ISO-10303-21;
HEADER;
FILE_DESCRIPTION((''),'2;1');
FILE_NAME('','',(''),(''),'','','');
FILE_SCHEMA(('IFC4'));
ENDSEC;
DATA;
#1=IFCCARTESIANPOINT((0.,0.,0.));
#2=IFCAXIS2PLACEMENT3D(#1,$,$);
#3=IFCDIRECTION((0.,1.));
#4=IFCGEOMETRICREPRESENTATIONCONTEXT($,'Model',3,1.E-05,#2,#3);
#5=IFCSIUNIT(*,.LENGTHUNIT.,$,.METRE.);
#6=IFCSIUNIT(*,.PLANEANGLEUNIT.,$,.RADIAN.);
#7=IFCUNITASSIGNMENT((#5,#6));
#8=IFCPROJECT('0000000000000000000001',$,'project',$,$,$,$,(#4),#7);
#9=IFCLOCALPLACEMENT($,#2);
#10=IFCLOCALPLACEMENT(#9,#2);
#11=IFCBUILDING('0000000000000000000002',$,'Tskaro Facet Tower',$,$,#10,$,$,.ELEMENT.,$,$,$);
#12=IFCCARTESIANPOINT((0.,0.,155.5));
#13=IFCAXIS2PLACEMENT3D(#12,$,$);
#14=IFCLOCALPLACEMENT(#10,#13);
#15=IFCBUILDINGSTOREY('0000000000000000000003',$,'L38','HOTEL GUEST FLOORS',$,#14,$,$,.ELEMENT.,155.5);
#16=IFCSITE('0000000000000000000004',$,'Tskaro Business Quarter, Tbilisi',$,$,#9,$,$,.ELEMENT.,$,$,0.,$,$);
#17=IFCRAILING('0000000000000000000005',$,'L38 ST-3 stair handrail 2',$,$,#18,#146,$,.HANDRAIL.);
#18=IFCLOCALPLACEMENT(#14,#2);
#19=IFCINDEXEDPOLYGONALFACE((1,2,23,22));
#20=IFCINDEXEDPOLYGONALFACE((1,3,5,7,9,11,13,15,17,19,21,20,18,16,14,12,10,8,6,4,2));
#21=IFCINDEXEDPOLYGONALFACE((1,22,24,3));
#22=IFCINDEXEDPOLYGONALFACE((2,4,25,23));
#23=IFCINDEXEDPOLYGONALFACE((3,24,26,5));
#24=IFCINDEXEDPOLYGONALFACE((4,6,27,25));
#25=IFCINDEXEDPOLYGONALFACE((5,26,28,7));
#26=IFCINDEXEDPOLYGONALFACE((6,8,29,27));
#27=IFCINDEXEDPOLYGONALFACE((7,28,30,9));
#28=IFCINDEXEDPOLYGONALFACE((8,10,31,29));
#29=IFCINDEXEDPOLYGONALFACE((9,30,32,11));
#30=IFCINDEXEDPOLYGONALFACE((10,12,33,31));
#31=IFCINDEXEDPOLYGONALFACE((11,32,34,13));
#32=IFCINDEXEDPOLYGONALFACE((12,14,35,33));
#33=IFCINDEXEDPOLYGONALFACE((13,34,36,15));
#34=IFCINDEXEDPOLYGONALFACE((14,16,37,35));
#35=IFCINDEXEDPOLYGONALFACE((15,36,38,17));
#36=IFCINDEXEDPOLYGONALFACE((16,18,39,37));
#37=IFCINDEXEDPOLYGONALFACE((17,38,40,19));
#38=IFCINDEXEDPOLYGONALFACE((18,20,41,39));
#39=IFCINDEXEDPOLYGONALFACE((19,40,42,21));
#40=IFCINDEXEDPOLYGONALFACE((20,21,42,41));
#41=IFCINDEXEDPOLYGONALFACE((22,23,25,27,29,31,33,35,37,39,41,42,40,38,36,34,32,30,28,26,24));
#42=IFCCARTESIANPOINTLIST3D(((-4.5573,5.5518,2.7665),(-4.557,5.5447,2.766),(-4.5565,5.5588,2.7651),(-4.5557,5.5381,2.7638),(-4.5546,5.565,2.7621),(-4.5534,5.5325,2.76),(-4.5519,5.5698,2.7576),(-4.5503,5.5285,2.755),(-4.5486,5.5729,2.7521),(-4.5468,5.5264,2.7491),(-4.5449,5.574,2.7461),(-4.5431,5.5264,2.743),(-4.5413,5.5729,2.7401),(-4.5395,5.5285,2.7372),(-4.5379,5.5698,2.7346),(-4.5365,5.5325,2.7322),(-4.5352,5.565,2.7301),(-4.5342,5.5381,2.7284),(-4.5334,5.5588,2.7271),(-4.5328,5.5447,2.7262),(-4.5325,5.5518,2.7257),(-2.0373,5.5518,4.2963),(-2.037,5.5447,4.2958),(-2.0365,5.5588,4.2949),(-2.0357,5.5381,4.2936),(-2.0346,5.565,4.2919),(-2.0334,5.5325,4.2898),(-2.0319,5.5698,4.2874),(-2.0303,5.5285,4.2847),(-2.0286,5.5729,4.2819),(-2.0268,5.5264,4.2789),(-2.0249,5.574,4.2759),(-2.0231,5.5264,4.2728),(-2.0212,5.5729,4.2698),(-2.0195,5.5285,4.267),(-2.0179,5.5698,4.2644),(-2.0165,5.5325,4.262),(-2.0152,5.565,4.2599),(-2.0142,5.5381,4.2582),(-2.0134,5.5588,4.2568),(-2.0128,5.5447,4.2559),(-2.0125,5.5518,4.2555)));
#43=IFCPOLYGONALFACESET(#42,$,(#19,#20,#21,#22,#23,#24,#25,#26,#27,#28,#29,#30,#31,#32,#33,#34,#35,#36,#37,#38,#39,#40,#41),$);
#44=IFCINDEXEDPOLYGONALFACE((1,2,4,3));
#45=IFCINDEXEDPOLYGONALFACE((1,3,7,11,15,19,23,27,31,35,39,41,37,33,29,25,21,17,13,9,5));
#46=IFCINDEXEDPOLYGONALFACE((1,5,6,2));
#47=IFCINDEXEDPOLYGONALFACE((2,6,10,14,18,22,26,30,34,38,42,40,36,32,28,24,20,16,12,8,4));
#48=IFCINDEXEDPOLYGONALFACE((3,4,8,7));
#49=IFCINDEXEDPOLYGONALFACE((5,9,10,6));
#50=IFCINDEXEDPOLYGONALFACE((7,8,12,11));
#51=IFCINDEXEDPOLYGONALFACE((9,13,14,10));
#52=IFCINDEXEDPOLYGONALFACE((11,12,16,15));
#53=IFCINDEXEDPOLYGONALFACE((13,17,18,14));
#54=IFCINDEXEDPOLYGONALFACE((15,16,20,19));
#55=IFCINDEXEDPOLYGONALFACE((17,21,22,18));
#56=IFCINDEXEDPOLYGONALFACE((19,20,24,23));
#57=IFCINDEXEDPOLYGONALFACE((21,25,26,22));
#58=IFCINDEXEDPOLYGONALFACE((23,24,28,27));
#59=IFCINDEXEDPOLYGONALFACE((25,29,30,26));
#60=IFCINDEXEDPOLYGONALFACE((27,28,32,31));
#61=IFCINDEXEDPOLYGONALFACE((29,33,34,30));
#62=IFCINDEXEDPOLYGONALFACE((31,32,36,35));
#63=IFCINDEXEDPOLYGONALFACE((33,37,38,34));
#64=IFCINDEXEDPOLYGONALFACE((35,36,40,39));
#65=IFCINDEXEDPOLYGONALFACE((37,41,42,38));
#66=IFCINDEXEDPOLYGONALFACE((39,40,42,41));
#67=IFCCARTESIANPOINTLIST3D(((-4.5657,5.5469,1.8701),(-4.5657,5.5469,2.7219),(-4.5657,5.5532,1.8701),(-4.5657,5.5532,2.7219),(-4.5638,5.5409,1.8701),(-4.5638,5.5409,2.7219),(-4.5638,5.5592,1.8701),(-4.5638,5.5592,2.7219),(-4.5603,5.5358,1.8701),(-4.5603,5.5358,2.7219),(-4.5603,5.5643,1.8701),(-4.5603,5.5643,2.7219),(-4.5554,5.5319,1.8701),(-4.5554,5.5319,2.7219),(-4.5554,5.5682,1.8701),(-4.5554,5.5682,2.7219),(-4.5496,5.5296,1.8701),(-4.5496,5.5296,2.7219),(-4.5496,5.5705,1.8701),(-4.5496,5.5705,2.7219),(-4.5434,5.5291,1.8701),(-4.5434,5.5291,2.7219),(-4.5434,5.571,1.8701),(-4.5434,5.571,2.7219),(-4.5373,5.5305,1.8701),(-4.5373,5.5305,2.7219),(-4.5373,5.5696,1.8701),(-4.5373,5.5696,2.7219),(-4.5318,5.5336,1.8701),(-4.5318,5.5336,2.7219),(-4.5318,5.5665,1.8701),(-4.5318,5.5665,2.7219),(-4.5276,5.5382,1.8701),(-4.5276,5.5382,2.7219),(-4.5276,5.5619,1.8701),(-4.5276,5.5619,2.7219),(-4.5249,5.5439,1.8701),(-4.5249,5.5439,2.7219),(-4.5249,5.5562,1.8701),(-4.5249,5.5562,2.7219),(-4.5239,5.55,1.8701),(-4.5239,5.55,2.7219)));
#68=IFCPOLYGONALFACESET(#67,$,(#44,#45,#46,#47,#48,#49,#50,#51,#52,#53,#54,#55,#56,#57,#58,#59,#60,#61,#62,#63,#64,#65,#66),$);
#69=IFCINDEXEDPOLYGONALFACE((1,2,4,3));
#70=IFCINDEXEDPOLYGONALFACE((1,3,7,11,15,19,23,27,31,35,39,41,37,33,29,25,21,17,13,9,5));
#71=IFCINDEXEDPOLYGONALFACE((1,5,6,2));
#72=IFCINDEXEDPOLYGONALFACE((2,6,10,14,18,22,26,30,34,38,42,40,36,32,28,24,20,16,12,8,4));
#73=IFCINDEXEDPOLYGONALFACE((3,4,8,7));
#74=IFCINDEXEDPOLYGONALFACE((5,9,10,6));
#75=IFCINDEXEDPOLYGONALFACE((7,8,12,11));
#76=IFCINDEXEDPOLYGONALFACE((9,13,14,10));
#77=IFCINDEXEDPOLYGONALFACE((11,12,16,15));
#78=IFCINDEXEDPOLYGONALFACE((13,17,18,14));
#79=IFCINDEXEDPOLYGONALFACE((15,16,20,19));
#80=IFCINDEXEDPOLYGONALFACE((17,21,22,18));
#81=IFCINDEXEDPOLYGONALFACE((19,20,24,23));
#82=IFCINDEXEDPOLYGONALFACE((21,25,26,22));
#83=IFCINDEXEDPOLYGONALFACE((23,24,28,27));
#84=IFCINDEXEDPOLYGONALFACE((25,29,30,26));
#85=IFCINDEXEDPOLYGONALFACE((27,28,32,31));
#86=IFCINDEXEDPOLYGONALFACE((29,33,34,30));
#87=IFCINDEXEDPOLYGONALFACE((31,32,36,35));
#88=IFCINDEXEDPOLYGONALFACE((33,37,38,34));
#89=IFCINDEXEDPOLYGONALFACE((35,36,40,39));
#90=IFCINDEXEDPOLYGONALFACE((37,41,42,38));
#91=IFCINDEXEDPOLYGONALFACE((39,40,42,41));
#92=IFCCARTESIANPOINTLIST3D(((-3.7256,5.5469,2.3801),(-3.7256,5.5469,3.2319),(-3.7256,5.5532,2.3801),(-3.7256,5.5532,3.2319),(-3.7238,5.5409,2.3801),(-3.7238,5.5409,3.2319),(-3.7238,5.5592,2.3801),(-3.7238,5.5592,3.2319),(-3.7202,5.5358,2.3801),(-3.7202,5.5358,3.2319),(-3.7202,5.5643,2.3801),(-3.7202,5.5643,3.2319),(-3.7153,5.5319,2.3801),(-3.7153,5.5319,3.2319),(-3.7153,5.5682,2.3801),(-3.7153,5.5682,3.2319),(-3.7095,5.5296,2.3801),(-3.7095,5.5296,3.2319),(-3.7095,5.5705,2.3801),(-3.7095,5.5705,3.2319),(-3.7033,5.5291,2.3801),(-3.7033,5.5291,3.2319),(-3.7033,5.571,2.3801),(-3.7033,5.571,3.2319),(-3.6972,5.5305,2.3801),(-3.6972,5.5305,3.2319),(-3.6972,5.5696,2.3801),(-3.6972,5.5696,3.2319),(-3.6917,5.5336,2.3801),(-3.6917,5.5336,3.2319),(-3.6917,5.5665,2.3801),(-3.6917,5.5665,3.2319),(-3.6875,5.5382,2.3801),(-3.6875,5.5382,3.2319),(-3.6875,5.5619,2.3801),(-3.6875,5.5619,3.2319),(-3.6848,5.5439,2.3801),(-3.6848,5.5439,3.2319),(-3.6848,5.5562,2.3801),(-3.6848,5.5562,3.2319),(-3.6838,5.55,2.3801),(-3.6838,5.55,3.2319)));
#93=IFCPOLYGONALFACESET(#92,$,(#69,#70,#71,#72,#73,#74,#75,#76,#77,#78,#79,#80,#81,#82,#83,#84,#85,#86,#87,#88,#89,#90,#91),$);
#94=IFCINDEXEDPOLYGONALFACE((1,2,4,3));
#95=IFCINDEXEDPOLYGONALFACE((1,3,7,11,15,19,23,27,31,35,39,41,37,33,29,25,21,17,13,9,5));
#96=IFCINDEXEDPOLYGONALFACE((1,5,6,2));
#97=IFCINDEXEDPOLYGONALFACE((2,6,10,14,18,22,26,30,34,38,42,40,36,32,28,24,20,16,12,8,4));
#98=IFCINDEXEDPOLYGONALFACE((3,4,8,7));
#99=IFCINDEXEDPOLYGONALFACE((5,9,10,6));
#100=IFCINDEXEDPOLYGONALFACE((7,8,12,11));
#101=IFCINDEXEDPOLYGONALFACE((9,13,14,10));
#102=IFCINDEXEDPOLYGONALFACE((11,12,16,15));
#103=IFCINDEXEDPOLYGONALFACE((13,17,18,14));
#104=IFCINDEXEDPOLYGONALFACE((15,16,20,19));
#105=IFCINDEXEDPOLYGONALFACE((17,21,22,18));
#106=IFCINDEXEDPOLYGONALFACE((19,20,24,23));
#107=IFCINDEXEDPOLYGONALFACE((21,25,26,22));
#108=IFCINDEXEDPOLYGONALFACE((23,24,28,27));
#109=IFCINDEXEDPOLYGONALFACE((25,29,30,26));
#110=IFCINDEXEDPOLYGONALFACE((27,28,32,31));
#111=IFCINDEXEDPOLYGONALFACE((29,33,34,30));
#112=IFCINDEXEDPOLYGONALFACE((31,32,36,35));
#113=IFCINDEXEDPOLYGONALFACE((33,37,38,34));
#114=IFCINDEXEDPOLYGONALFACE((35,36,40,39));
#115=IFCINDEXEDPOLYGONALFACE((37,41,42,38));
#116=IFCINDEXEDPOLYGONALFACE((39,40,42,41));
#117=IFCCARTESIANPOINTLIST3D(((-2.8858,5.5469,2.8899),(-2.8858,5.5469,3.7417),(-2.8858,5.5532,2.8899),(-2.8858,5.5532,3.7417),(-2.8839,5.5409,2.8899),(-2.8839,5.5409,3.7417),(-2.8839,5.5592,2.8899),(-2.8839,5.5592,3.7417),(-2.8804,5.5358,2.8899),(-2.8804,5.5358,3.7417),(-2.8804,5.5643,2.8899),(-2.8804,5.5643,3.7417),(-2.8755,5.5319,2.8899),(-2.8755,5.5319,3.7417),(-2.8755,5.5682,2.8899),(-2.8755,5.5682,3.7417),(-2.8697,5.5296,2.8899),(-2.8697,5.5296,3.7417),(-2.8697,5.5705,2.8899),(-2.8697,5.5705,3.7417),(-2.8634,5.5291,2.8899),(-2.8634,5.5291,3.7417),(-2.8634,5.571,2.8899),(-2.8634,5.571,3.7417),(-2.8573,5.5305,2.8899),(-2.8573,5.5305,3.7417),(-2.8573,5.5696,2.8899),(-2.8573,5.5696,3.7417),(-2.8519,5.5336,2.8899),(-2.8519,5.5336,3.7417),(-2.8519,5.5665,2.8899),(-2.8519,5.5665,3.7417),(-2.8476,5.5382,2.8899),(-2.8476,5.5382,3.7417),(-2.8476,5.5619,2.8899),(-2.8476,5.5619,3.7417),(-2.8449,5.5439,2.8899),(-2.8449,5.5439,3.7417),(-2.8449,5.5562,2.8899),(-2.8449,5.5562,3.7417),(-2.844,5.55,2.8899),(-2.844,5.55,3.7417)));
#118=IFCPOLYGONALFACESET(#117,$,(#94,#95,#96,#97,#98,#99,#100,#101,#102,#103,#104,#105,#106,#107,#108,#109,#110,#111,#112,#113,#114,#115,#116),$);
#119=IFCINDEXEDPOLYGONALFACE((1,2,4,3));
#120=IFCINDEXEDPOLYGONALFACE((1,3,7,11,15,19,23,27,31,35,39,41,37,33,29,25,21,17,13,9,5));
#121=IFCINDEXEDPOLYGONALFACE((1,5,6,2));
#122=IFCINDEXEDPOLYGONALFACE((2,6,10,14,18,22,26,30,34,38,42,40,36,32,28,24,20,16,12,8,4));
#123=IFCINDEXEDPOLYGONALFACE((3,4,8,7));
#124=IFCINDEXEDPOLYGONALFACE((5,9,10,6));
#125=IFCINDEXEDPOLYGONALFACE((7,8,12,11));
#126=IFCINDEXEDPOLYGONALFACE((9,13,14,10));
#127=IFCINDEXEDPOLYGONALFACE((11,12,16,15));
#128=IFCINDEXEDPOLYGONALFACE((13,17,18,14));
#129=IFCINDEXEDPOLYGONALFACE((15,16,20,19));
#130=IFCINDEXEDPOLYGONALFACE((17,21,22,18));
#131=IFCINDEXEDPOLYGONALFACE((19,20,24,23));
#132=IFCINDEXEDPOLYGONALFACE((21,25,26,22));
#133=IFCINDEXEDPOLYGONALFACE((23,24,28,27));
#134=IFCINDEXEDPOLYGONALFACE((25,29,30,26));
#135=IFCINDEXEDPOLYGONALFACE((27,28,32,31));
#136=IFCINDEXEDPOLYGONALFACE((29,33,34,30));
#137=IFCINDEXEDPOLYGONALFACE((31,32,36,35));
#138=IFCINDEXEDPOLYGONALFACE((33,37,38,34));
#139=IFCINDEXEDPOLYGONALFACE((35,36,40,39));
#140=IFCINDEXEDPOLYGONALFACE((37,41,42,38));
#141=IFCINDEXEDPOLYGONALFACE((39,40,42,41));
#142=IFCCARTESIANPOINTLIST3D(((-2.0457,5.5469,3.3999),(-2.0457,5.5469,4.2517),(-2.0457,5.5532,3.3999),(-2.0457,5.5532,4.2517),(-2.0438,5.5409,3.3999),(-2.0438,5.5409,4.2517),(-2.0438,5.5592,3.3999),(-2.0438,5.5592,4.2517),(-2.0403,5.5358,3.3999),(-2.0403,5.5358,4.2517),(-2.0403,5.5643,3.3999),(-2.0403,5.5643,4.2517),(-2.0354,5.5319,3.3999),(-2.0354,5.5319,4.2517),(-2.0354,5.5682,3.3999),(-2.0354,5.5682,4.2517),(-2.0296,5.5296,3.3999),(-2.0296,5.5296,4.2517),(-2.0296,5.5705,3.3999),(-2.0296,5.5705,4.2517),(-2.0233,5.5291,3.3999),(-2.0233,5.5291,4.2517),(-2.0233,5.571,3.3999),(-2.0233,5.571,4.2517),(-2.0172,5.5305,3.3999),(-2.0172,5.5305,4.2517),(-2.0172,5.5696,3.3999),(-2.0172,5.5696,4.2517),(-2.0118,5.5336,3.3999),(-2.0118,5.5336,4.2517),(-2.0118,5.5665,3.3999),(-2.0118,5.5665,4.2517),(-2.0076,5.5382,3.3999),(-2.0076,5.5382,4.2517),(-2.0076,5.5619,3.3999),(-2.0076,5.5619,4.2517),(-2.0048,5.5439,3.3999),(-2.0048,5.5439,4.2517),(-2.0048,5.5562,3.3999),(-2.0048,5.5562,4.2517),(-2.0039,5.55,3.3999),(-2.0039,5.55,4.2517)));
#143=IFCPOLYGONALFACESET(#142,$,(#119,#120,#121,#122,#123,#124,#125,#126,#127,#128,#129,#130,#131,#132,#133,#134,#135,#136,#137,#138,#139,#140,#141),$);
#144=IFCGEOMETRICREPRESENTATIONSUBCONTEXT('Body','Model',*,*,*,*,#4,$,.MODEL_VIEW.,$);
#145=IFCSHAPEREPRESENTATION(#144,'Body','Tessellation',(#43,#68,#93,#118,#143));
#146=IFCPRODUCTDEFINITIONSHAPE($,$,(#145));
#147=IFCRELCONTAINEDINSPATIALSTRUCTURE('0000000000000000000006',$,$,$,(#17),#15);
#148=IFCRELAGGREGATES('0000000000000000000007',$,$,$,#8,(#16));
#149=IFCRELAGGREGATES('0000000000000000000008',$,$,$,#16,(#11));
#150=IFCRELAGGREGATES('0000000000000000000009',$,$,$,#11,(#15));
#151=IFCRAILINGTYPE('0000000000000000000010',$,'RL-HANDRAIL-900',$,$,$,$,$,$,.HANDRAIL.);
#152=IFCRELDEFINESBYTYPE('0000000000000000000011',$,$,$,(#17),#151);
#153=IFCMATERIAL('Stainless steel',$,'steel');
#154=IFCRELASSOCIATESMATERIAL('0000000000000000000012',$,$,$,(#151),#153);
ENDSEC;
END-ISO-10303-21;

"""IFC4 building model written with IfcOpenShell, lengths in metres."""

from ifc_helpers import new_model, si_unit, direction, frame, origin, origin_2d, place, context, subcontext, project, spatial, circle, extrude, material, type_object, element, save


model = new_model("IFC4")

# Units and contexts
model_context = context("Model", 3, precision=1e-05, world=origin(), true_north=direction((0.0, 1.0)))
body_context = subcontext(model_context, "Body", "Model", "MODEL_VIEW")
ifc_project = project(units=[si_unit("LENGTHUNIT", "METRE"), si_unit("PLANEANGLEUNIT", "RADIAN")], contexts=[model_context])

# Site, building, storey
site_placement = place(None, origin())
site = spatial("IfcSite", under=ifc_project, at=site_placement, Name="Tskaro Business Quarter, Tbilisi", CompositionType="ELEMENT", RefElevation=0.0)
building_placement = place(site_placement, origin())
building = spatial("IfcBuilding", under=site, at=building_placement, Name="Tskaro Facet Tower", CompositionType="ELEMENT")
storey_placement = place(building_placement, frame((0.0, 0.0, 155.5)))
storey = spatial("IfcBuildingStorey", under=building, at=storey_placement, Name="L38", Description="HOTEL GUEST FLOORS", CompositionType="ELEMENT", Elevation=155.5)

# Railing
ifc_material_1 = material(Name="Stainless steel", Category="steel")
railing_type_1 = type_object("IfcRailingType", Name="RL-HANDRAIL-900", PredefinedType="HANDRAIL", material=ifc_material_1)
railing_1_placement = place(storey_placement, frame((-4.5449, 5.55, 1.8701)))
element("IfcRailing", 1, at=railing_1_placement, inside=storey, type_object=railing_type_1, Name="L38 ST-3 stair handrail 2", PredefinedType="HANDRAIL", context=body_context, shape_type="SweptSolid", body=[
    extrude(circle(Radius=0.0239, at=origin_2d()), frame((0.0, 0.0, 0.876), z_axis=(0.854822, 0.0, 0.518922), x_axis=(0.0, 1.0, 0.0)), (0.0, 0.0, 1.0), 2.948),
    extrude(circle(Radius=0.021, at=origin_2d()), origin(), (0.0, 0.0, 1.0), 0.8518),
    extrude(circle(Radius=0.021, at=origin_2d()), frame((0.8401, 0.0, 0.51)), (0.0, 0.0, 1.0), 0.8518),
    extrude(circle(Radius=0.021, at=origin_2d()), frame((1.6799, 0.0, 1.0198)), (0.0, 0.0, 1.0), 0.8518),
    extrude(circle(Radius=0.021, at=origin_2d()), frame((2.52, 0.0, 1.5298)), (0.0, 0.0, 1.0), 0.8518),
])

save(model, "model.ifc")
